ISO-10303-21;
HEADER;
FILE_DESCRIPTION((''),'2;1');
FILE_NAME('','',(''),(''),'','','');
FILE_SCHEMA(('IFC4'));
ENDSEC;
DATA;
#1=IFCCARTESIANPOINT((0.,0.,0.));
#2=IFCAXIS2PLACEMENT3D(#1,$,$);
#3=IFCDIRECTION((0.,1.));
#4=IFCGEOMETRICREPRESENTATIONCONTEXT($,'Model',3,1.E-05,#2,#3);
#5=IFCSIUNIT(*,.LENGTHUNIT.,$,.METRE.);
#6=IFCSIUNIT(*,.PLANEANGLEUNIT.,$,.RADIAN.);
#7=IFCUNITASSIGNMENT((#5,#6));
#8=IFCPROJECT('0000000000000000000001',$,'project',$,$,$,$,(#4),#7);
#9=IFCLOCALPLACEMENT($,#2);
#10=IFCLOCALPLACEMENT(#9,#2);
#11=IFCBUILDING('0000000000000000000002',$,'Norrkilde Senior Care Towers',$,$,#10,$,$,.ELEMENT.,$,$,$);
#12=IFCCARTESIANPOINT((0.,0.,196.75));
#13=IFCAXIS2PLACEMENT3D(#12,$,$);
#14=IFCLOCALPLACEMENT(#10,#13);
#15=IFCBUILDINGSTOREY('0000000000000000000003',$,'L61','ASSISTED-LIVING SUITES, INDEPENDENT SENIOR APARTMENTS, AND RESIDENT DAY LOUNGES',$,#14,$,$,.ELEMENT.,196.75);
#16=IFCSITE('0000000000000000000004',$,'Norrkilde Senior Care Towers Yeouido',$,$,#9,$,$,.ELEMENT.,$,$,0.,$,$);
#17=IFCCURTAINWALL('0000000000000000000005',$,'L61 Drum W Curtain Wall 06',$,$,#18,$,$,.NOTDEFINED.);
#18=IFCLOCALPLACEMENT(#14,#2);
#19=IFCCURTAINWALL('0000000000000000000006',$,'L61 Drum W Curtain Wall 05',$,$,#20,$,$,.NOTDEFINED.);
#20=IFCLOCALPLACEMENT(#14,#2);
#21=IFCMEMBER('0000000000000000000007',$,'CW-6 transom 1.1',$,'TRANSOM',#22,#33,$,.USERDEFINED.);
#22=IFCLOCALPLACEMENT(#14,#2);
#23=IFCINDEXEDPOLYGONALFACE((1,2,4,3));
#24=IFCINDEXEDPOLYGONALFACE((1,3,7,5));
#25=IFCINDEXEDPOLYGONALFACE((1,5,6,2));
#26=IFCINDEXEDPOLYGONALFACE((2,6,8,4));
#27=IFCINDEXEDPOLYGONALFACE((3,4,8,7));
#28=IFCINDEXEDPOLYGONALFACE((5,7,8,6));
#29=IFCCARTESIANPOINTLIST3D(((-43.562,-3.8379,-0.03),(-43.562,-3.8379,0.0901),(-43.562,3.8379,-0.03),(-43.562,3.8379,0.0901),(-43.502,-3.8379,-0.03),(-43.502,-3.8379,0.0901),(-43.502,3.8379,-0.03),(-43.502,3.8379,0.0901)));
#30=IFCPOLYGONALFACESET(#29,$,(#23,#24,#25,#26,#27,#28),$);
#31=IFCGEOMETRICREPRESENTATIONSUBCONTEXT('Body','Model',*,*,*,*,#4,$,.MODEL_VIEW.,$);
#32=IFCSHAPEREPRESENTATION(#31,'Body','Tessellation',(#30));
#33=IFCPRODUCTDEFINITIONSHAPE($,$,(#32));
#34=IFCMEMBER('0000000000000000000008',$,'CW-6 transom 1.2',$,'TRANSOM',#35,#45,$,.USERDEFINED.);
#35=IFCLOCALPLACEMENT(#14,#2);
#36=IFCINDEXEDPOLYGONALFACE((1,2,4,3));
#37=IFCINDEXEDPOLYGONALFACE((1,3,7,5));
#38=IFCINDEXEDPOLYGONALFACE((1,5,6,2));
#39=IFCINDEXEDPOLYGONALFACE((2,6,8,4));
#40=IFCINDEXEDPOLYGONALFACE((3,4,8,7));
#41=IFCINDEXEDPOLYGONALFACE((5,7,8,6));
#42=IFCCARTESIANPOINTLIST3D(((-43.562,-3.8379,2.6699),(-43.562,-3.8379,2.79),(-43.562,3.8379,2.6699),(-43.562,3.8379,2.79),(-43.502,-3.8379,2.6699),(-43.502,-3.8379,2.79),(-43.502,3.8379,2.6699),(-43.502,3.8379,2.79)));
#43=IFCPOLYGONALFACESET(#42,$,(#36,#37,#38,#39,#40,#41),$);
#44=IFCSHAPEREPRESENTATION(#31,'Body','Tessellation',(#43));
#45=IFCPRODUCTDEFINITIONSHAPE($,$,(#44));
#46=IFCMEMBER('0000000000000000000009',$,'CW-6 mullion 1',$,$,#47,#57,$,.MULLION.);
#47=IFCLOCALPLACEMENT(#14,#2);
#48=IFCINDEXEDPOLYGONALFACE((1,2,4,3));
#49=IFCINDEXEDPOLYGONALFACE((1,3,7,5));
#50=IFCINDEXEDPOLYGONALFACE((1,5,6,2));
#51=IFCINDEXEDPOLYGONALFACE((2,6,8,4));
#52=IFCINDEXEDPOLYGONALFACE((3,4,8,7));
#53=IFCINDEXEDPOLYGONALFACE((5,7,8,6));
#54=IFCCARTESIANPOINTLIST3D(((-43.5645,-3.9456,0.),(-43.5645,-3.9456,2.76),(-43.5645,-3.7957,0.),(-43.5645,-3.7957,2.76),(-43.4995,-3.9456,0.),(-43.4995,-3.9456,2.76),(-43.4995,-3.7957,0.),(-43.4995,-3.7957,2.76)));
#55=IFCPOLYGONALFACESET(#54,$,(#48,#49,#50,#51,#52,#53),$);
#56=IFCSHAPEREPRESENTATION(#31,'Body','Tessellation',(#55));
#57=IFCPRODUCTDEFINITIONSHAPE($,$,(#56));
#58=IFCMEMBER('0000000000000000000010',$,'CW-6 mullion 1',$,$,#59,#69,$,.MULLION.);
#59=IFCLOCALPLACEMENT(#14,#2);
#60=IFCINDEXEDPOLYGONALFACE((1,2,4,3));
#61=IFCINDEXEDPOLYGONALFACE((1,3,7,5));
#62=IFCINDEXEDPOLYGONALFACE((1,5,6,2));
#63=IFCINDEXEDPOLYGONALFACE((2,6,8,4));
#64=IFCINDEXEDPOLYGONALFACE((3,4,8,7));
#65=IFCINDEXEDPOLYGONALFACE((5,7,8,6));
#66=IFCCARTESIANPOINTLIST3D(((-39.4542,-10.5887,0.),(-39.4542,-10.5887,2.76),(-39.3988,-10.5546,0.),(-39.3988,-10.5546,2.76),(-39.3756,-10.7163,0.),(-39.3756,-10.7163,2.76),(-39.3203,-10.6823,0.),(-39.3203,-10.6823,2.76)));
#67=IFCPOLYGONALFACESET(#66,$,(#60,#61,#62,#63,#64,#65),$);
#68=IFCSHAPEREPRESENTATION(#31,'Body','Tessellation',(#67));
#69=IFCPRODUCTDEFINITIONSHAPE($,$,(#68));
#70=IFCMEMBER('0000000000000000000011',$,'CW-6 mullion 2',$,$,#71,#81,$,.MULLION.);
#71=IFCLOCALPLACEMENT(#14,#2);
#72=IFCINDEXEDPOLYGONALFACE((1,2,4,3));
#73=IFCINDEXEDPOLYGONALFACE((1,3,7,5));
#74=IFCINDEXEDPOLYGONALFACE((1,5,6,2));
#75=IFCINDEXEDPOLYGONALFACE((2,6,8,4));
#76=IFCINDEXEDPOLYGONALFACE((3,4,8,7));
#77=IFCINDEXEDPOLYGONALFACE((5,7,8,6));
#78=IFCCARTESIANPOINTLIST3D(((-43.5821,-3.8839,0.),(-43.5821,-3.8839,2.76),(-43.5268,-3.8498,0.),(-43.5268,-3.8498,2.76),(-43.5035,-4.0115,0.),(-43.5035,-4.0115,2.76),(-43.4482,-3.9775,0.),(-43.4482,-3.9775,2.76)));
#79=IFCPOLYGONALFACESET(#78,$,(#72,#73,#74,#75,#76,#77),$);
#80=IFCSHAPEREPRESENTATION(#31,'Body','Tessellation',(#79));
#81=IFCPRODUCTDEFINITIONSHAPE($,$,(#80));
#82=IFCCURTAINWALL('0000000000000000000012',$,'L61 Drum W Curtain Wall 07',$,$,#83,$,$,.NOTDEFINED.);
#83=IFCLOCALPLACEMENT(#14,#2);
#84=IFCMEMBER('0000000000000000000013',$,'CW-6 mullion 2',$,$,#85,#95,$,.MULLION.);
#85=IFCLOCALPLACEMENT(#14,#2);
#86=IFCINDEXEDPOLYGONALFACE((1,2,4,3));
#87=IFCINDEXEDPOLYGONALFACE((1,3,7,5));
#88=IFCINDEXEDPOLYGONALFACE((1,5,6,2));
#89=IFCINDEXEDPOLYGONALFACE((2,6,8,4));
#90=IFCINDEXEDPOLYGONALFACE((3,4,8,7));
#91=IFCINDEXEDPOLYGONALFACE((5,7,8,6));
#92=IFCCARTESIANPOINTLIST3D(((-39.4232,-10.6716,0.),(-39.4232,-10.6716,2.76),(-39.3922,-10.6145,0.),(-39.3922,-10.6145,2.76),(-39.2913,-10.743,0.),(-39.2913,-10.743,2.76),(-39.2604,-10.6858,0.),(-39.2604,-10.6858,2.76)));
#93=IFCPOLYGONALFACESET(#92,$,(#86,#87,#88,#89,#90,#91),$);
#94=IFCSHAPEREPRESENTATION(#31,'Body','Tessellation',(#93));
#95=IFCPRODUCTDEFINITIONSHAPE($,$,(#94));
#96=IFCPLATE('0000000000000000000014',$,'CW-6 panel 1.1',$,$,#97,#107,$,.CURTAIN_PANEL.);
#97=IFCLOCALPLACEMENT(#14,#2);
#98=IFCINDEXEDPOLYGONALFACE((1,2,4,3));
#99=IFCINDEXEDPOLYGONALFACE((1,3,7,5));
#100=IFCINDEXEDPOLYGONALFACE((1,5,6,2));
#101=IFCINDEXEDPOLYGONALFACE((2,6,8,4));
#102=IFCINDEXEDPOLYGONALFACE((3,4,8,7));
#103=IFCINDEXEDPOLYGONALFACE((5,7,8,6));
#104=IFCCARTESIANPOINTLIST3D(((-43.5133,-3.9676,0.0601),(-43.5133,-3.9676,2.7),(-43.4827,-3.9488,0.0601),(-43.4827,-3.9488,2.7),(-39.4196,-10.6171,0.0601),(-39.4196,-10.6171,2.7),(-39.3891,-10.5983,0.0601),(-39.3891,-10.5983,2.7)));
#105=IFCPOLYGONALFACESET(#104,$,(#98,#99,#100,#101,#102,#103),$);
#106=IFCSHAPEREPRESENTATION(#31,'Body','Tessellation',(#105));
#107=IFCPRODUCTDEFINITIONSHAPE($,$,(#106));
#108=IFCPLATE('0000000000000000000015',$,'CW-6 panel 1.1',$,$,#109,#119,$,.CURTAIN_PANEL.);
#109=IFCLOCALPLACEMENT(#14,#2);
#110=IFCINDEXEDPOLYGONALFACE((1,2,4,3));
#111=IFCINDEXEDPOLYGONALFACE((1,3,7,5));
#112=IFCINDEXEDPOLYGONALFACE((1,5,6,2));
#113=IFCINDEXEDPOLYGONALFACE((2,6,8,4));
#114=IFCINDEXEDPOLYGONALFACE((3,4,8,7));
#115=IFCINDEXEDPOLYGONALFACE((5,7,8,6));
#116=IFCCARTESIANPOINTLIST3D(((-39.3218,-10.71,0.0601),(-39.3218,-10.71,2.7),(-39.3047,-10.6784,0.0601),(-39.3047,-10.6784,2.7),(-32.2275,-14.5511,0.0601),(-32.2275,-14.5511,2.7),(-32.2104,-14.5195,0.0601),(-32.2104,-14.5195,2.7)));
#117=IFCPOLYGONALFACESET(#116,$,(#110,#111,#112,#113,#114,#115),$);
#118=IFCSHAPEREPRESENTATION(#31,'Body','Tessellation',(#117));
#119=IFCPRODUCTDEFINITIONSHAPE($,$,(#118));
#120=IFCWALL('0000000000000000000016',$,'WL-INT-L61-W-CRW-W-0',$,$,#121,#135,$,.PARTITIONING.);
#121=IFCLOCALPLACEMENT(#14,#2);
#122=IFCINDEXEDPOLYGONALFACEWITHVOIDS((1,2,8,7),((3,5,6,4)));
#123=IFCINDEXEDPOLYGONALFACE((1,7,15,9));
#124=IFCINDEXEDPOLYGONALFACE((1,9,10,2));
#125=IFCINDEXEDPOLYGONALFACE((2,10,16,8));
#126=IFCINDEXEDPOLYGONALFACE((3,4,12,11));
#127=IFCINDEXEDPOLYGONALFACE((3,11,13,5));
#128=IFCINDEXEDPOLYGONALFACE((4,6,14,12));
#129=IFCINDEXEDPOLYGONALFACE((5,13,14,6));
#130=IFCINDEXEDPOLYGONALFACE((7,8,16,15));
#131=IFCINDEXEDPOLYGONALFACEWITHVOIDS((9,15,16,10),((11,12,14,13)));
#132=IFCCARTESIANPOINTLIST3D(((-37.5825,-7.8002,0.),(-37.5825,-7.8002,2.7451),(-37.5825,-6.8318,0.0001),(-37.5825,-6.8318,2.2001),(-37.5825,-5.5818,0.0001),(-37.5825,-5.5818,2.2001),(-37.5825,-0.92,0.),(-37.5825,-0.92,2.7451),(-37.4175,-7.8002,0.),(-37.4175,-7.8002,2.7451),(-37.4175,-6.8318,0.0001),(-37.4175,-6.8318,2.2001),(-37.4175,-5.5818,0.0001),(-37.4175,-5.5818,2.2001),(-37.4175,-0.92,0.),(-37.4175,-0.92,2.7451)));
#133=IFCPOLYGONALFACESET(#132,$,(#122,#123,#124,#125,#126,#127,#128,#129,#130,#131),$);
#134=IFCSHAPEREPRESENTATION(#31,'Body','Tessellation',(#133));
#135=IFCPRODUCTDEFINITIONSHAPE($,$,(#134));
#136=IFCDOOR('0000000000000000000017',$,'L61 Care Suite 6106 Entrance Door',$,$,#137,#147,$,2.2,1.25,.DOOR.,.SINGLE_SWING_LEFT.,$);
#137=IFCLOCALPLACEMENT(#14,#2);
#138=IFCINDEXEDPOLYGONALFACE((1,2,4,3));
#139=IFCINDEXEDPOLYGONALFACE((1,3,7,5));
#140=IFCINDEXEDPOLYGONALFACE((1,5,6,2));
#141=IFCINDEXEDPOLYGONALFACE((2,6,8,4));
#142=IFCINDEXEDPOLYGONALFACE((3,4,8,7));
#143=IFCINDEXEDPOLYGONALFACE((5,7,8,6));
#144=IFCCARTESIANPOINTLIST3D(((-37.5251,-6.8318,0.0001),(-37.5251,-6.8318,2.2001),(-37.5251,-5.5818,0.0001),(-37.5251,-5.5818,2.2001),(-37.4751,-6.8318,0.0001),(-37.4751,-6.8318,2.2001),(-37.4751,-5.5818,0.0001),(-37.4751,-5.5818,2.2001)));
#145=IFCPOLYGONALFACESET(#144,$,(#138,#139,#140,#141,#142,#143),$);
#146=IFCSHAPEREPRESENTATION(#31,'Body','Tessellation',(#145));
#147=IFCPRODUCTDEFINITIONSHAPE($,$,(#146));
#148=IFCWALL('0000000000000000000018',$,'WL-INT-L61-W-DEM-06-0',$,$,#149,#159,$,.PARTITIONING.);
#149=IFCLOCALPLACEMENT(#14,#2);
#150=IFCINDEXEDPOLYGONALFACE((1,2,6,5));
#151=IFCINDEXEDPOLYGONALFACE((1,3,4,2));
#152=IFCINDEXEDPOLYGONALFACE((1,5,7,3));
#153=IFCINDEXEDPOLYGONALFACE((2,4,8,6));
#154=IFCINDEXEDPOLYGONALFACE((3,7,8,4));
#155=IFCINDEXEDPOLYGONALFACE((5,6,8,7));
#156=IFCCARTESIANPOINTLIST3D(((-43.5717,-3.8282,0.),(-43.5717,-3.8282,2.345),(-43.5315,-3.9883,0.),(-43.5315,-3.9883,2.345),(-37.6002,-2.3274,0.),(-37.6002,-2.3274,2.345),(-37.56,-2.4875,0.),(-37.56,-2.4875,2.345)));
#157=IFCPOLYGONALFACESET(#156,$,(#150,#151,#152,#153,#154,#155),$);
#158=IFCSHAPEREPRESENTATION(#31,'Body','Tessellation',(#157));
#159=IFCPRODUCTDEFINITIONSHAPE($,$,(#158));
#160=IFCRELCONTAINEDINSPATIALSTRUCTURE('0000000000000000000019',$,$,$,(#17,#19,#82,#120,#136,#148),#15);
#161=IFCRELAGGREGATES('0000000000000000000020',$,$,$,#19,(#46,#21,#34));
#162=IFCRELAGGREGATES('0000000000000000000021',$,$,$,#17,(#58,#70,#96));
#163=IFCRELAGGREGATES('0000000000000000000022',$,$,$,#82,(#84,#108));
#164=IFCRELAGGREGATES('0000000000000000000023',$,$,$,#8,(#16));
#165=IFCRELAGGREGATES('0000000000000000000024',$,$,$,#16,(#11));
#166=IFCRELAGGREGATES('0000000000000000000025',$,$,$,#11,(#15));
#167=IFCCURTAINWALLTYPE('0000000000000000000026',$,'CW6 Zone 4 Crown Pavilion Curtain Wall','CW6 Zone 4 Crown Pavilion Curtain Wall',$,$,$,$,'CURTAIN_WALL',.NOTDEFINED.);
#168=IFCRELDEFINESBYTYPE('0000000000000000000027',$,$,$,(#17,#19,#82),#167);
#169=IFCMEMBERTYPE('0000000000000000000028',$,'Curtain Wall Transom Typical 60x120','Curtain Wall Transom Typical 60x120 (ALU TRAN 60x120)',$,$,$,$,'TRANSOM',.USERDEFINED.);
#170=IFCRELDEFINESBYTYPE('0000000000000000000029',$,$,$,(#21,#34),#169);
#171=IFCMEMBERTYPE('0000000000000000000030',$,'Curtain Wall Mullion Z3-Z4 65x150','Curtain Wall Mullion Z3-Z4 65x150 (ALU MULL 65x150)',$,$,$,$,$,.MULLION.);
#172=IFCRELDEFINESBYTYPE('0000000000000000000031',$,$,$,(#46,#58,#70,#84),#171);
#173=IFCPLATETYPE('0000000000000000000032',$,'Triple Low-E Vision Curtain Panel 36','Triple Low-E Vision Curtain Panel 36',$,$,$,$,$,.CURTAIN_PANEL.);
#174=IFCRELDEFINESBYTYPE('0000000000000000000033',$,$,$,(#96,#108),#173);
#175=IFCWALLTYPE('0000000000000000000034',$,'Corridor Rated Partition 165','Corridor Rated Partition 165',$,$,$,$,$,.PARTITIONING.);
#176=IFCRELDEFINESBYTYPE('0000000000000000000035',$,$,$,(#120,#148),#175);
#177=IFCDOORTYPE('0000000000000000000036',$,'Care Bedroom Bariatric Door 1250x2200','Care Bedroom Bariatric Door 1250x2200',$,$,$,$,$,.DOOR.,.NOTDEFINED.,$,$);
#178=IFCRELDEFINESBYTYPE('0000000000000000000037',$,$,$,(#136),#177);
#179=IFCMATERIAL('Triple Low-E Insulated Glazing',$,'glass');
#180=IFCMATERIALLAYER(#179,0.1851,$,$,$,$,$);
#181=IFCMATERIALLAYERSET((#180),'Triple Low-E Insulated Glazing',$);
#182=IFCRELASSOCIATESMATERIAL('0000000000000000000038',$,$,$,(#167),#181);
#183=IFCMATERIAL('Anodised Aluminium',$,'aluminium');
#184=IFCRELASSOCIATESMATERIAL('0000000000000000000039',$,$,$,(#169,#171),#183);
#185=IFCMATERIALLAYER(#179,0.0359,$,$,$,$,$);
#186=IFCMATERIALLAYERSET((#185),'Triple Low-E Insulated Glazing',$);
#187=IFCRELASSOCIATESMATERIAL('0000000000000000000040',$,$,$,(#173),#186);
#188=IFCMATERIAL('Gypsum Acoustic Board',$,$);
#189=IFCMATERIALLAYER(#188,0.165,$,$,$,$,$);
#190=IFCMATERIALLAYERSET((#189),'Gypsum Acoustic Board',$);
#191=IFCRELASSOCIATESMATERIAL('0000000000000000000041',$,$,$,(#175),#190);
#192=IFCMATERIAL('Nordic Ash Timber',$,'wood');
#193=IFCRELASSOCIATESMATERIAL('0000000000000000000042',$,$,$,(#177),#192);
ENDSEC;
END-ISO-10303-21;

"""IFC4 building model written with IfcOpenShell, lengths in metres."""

from ifc_helpers import new_model, si_unit, direction, frame, frame_2d, origin, origin_2d, place, context, subcontext, project, spatial, rectangle, extrude, source, transform, mapped, material, layer, layer_set, material_profile, profile_set, type_object, type_shapes, element, fill, aggregate, save


model = new_model("IFC4")

# Units and contexts
model_context = context("Model", 3, precision=1e-05, world=origin(), true_north=direction((0.0, 1.0)))
body_context = subcontext(model_context, "Body", "Model", "MODEL_VIEW")
ifc_project = project(units=[si_unit("LENGTHUNIT", "METRE"), si_unit("PLANEANGLEUNIT", "RADIAN")], contexts=[model_context])

# Site, building, storey
site_placement = place(None, origin())
site = spatial("IfcSite", under=ifc_project, at=site_placement, Name="Norrkilde Senior Care Towers Yeouido", CompositionType="ELEMENT", RefElevation=0.0)
building_placement = place(site_placement, origin())
building = spatial("IfcBuilding", under=site, at=building_placement, Name="Norrkilde Senior Care Towers", CompositionType="ELEMENT")
storey_placement = place(building_placement, frame((0.0, 0.0, 196.75)))
storey = spatial("IfcBuildingStorey", under=building, at=storey_placement, Name="L61", Description="ASSISTED-LIVING SUITES, INDEPENDENT SENIOR APARTMENTS, AND RESIDENT DAY LOUNGES", CompositionType="ELEMENT", Elevation=196.75)

# Curtain walls, members
ifc_material_1 = material(Name="Triple Low-E Insulated Glazing", Category="glass")
ifc_layer_1 = layer(ifc_material_1, 0.1851)
ifc_layer_set_1 = layer_set([ifc_layer_1], Name="Triple Low-E Insulated Glazing")
curtain_wall_type = type_object("IfcCurtainWallType", Name="CW6 Zone 4 Crown Pavilion Curtain Wall", Description="CW6 Zone 4 Crown Pavilion Curtain Wall", ElementType="CURTAIN_WALL", PredefinedType="NOTDEFINED", material=ifc_layer_set_1)
curtain_wall_1_placement = place(storey_placement, origin())
curtain_wall_1 = element("IfcCurtainWall", 1, at=curtain_wall_1_placement, inside=storey, type_object=curtain_wall_type, Name="L61 Drum W Curtain Wall 06", PredefinedType="NOTDEFINED")
ifc_material_2 = material(Name="Anodised Aluminium", Category="aluminium")
ifc_material_profile_1 = material_profile(ifc_material_2, rectangle(XDim=0.0601, YDim=0.1201, at=origin_2d()), Name="ALU TRAN 60x120")
ifc_profile_set_1 = profile_set([ifc_material_profile_1], Name="Anodised Aluminium")
member_type_1 = type_object("IfcMemberType", Name="Curtain Wall Transom Typical 60x120", Description="Curtain Wall Transom Typical 60x120 (ALU TRAN 60x120)", ElementType="TRANSOM", PredefinedType="USERDEFINED", material=ifc_profile_set_1)
curtain_wall_2_placement = place(storey_placement, origin())
curtain_wall_2 = element("IfcCurtainWall", 2, at=curtain_wall_2_placement, inside=storey, type_object=curtain_wall_type, Name="L61 Drum W Curtain Wall 05", PredefinedType="NOTDEFINED")
shared_shape_1 = source(origin(), body_context, "Body", "SweptSolid", [
    extrude(rectangle(XDim=0.0601, YDim=0.1201, at=origin_2d()), origin(), (0.0, 0.0, 1.0), 7.6758),
])
member_1_placement = place(storey_placement, frame((-43.532, -3.8379, 0.03), z_axis=(0.0, 1.0, 0.0), x_axis=(-1.0, 0.0, 0.0)))
member_1 = element("IfcMember", 3, at=member_1_placement, type_object=member_type_1, Name="CW-6 transom 1.1", ObjectType="TRANSOM", PredefinedType="USERDEFINED", context=body_context, shape_type="MappedRepresentation", body=[
    mapped(shared_shape_1, transform((0.0, 0.0, 0.0), x_axis=(1.0, 0.0, 0.0), y_axis=(0.0, 1.0, 0.0), z_axis=(0.0, 0.0, 1.0), scale=1.0)),
])
member_2_placement = place(storey_placement, frame((-43.532, -3.8379, 2.73), z_axis=(0.0, 1.0, 0.0), x_axis=(-1.0, 0.0, 0.0)))
member_2 = element("IfcMember", 4, at=member_2_placement, type_object=member_type_1, Name="CW-6 transom 1.2", ObjectType="TRANSOM", PredefinedType="USERDEFINED", context=body_context, shape_type="MappedRepresentation", body=[
    mapped(shared_shape_1, transform((0.0, 0.0, 0.0), x_axis=(1.0, 0.0, 0.0), y_axis=(0.0, 1.0, 0.0), z_axis=(0.0, 0.0, 1.0), scale=1.0)),
])
ifc_material_profile_2 = material_profile(ifc_material_2, rectangle(XDim=0.0649, YDim=0.1499, at=origin_2d()), Name="ALU MULL 65x150")
ifc_profile_set_2 = profile_set([ifc_material_profile_2], Name="Anodised Aluminium")
member_type_2 = type_object("IfcMemberType", Name="Curtain Wall Mullion Z3-Z4 65x150", Description="Curtain Wall Mullion Z3-Z4 65x150 (ALU MULL 65x150)", PredefinedType="MULLION", material=ifc_profile_set_2)
shared_shape_2 = source(origin(), body_context, "Body", "SweptSolid", [
    extrude(rectangle(XDim=0.0649, YDim=0.1499, at=origin_2d()), origin(), (0.0, 0.0, 1.0), 2.76),
])
type_shapes(member_type_2, [shared_shape_2])
member_3_placement = place(storey_placement, frame((-43.532, -3.8706, 0.0), z_axis=(0.0, 0.0, 1.0), x_axis=(-1.0, 0.0, 0.0)))
member_3 = element("IfcMember", 5, at=member_3_placement, type_object=member_type_2, Name="CW-6 mullion 1", PredefinedType="MULLION", context=body_context, shape_type="MappedRepresentation", body=[
    mapped(shared_shape_2, transform((0.0, 0.0, 0.0), x_axis=(1.0, 0.0, 0.0), y_axis=(0.0, 1.0, 0.0), z_axis=(0.0, 0.0, 1.0), scale=1.0)),
])
aggregate(curtain_wall_2, [member_3, member_1, member_2])

# Members
member_4_placement = place(storey_placement, frame((-39.3872, -10.6355, 0.0), z_axis=(0.0, 0.0, 1.0), x_axis=(-0.851563, -0.524253, 0.0)))
member_4 = element("IfcMember", 6, at=member_4_placement, type_object=member_type_2, Name="CW-6 mullion 1", PredefinedType="MULLION", context=body_context, shape_type="MappedRepresentation", body=[
    mapped(shared_shape_2, transform((0.0, 0.0, 0.0), x_axis=(1.0, 0.0, 0.0), y_axis=(0.0, 1.0, 0.0), z_axis=(0.0, 0.0, 1.0), scale=1.0)),
])
member_5_placement = place(storey_placement, frame((-43.5151, -3.9307, 0.0), z_axis=(0.0, 0.0, 1.0), x_axis=(-0.851563, -0.524253, 0.0)))
member_5 = element("IfcMember", 7, at=member_5_placement, type_object=member_type_2, Name="CW-6 mullion 2", PredefinedType="MULLION", context=body_context, shape_type="MappedRepresentation", body=[
    mapped(shared_shape_2, transform((0.0, 0.0, 0.0), x_axis=(1.0, 0.0, 0.0), y_axis=(0.0, 1.0, 0.0), z_axis=(0.0, 0.0, 1.0), scale=1.0)),
])

# Curtain wall, member
curtain_wall_3_placement = place(storey_placement, origin())
curtain_wall_3 = element("IfcCurtainWall", 8, at=curtain_wall_3_placement, inside=storey, type_object=curtain_wall_type, Name="L61 Drum W Curtain Wall 07", PredefinedType="NOTDEFINED")
member_6_placement = place(storey_placement, frame((-39.3418, -10.6787, 0.0), z_axis=(0.0, 0.0, 1.0), x_axis=(-0.476133, -0.879373, 0.0)))
member_6 = element("IfcMember", 9, at=member_6_placement, type_object=member_type_2, Name="CW-6 mullion 2", PredefinedType="MULLION", context=body_context, shape_type="MappedRepresentation", body=[
    mapped(shared_shape_2, transform((0.0, 0.0, 0.0), x_axis=(1.0, 0.0, 0.0), y_axis=(0.0, 1.0, 0.0), z_axis=(0.0, 0.0, 1.0), scale=1.0)),
])

# Plates
ifc_layer_2 = layer(ifc_material_1, 0.0359)
ifc_layer_set_2 = layer_set([ifc_layer_2], Name="Triple Low-E Insulated Glazing")
plate_type = type_object("IfcPlateType", Name="Triple Low-E Vision Curtain Panel 36", Description="Triple Low-E Vision Curtain Panel 36", PredefinedType="CURTAIN_PANEL", material=ifc_layer_set_2)
shared_shape_3 = source(origin(), body_context, "Body", "SweptSolid", [
    extrude(rectangle(XDim=7.8086, YDim=0.0359, at=origin_2d()), origin(), (0.0, 0.0, 1.0), 2.6399),
])
plate_1_placement = place(storey_placement, frame((-41.4512, -7.283, 0.0601), z_axis=(0.0, 0.0, 1.0), x_axis=(-0.524253, 0.851563, 0.0)))
plate_1 = element("IfcPlate", 10, at=plate_1_placement, type_object=plate_type, Name="CW-6 panel 1.1", PredefinedType="CURTAIN_PANEL", context=body_context, shape_type="MappedRepresentation", body=[
    mapped(shared_shape_3, transform((0.0, 0.0, 0.0), x_axis=(1.0, 0.0, 0.0), y_axis=(0.0, 1.0, 0.0), z_axis=(0.0, 0.0, 1.0), scale=1.0)),
])
aggregate(curtain_wall_1, [member_4, member_5, plate_1])
shared_shape_4 = source(origin(), body_context, "Body", "SweptSolid", [
    extrude(rectangle(XDim=8.0674, YDim=0.0359, at=origin_2d()), origin(), (0.0, 0.0, 1.0), 2.6399),
])
type_shapes(plate_type, [shared_shape_3, shared_shape_4])
plate_2_placement = place(storey_placement, frame((-35.7661, -12.6147, 0.0601), z_axis=(0.0, 0.0, 1.0), x_axis=(-0.879373, 0.476133, 0.0)))
plate_2 = element("IfcPlate", 11, at=plate_2_placement, type_object=plate_type, Name="CW-6 panel 1.1", PredefinedType="CURTAIN_PANEL", context=body_context, shape_type="MappedRepresentation", body=[
    mapped(shared_shape_4, transform((0.0, 0.0, 0.0), x_axis=(1.0, 0.0, 0.0), y_axis=(0.0, 1.0, 0.0), z_axis=(0.0, 0.0, 1.0), scale=1.0)),
])
aggregate(curtain_wall_3, [member_6, plate_2])

# Wall, opening, door
ifc_material_3 = material(Name="Gypsum Acoustic Board")
ifc_layer_3 = layer(ifc_material_3, 0.165)
ifc_layer_set_3 = layer_set([ifc_layer_3], Name="Gypsum Acoustic Board")
wall_type_1 = type_object("IfcWallType", Name="Corridor Rated Partition 165", Description="Corridor Rated Partition 165", PredefinedType="PARTITIONING", material=ifc_layer_set_3)
shared_shape_5 = source(origin(), body_context, "Body", "SweptSolid", [
    extrude(rectangle(XDim=6.8801, YDim=0.165, at=frame_2d((3.4399, 0.0))), origin(), (0.0, 0.0, 1.0), 2.7451),
])
wall_1_placement = place(storey_placement, frame((-37.5, -7.8, 0.0), z_axis=(0.0, 0.0, 1.0), x_axis=(0.0, 1.0, 0.0)))
wall_1 = element("IfcWall", 12, at=wall_1_placement, inside=storey, type_object=wall_type_1, Name="WL-INT-L61-W-CRW-W-0", PredefinedType="PARTITIONING", context=body_context, shape_type="MappedRepresentation", body=[
    mapped(shared_shape_5, transform((0.0, 0.0, 0.0), x_axis=(1.0, 0.0, 0.0), y_axis=(0.0, 1.0, 0.0), z_axis=(0.0, 0.0, 1.0), scale=1.0)),
])
opening_1_placement = place(wall_1_placement, frame((0.9683, 0.0, 0.0)))
opening_1 = element("IfcOpeningElement", 13, at=opening_1_placement, cuts=wall_1, PredefinedType="OPENING", context=body_context, shape_type="SweptSolid", body=[
    extrude(rectangle(XDim=1.25, YDim=2.2, at=frame_2d((0.625, 1.1001))), frame((0.0, 0.0925, 0.0), z_axis=(0.0, -1.0, 0.0), x_axis=(1.0, 0.0, 0.0)), (0.0, 0.0, 1.0), 0.1851),
])
ifc_material_4 = material(Name="Nordic Ash Timber", Category="wood")
door_type_1 = type_object("IfcDoorType", Name="Care Bedroom Bariatric Door 1250x2200", Description="Care Bedroom Bariatric Door 1250x2200", OperationType="NOTDEFINED", PredefinedType="DOOR", material=ifc_material_4)
shared_shape_6 = source(origin(), body_context, "Body", "SweptSolid", [
    extrude(rectangle(XDim=1.25, YDim=2.2, at=frame_2d((0.625, 1.1001))), frame((0.0, 0.0249, 0.0), z_axis=(0.0, -1.0, 0.0), x_axis=(1.0, 0.0, 0.0)), (0.0, 0.0, 1.0), 0.05),
])
type_shapes(door_type_1, [shared_shape_6])
door_1_placement = place(opening_1_placement, frame((1.25, 0.0, 0.0), z_axis=(0.0, 0.0, 1.0), x_axis=(-1.0, 0.0, 0.0)))
door_1 = element("IfcDoor", 14, at=door_1_placement, inside=storey, type_object=door_type_1, Name="L61 Care Suite 6106 Entrance Door", OperationType="SINGLE_SWING_LEFT", OverallHeight=2.2, OverallWidth=1.25, PredefinedType="DOOR", context=body_context, shape_type="MappedRepresentation", body=[
    mapped(shared_shape_6, transform((0.0, 0.0, 0.0), x_axis=(1.0, 0.0, 0.0), y_axis=(0.0, 1.0, 0.0), z_axis=(0.0, 0.0, 1.0), scale=1.0)),
])
fill(opening_1, door_1)

# Wall
shared_shape_7 = source(origin(), body_context, "Body", "SweptSolid", [
    extrude(rectangle(XDim=6.1572, YDim=0.165, at=frame_2d((3.0786, 0.0))), origin(), (0.0, 0.0, 1.0), 2.345),
])
type_shapes(wall_type_1, [shared_shape_5, shared_shape_7])
wall_2_placement = place(storey_placement, frame((-37.5801, -2.4075, 0.0), z_axis=(0.0, 0.0, 1.0), x_axis=(-0.969841, -0.243739, 0.0)))
element("IfcWall", 15, at=wall_2_placement, inside=storey, type_object=wall_type_1, Name="WL-INT-L61-W-DEM-06-0", PredefinedType="PARTITIONING", context=body_context, shape_type="MappedRepresentation", body=[
    mapped(shared_shape_7, transform((0.0, 0.0, 0.0), x_axis=(1.0, 0.0, 0.0), y_axis=(0.0, 1.0, 0.0), z_axis=(0.0, 0.0, 1.0), scale=1.0)),
])

save(model, "model.ifc")
